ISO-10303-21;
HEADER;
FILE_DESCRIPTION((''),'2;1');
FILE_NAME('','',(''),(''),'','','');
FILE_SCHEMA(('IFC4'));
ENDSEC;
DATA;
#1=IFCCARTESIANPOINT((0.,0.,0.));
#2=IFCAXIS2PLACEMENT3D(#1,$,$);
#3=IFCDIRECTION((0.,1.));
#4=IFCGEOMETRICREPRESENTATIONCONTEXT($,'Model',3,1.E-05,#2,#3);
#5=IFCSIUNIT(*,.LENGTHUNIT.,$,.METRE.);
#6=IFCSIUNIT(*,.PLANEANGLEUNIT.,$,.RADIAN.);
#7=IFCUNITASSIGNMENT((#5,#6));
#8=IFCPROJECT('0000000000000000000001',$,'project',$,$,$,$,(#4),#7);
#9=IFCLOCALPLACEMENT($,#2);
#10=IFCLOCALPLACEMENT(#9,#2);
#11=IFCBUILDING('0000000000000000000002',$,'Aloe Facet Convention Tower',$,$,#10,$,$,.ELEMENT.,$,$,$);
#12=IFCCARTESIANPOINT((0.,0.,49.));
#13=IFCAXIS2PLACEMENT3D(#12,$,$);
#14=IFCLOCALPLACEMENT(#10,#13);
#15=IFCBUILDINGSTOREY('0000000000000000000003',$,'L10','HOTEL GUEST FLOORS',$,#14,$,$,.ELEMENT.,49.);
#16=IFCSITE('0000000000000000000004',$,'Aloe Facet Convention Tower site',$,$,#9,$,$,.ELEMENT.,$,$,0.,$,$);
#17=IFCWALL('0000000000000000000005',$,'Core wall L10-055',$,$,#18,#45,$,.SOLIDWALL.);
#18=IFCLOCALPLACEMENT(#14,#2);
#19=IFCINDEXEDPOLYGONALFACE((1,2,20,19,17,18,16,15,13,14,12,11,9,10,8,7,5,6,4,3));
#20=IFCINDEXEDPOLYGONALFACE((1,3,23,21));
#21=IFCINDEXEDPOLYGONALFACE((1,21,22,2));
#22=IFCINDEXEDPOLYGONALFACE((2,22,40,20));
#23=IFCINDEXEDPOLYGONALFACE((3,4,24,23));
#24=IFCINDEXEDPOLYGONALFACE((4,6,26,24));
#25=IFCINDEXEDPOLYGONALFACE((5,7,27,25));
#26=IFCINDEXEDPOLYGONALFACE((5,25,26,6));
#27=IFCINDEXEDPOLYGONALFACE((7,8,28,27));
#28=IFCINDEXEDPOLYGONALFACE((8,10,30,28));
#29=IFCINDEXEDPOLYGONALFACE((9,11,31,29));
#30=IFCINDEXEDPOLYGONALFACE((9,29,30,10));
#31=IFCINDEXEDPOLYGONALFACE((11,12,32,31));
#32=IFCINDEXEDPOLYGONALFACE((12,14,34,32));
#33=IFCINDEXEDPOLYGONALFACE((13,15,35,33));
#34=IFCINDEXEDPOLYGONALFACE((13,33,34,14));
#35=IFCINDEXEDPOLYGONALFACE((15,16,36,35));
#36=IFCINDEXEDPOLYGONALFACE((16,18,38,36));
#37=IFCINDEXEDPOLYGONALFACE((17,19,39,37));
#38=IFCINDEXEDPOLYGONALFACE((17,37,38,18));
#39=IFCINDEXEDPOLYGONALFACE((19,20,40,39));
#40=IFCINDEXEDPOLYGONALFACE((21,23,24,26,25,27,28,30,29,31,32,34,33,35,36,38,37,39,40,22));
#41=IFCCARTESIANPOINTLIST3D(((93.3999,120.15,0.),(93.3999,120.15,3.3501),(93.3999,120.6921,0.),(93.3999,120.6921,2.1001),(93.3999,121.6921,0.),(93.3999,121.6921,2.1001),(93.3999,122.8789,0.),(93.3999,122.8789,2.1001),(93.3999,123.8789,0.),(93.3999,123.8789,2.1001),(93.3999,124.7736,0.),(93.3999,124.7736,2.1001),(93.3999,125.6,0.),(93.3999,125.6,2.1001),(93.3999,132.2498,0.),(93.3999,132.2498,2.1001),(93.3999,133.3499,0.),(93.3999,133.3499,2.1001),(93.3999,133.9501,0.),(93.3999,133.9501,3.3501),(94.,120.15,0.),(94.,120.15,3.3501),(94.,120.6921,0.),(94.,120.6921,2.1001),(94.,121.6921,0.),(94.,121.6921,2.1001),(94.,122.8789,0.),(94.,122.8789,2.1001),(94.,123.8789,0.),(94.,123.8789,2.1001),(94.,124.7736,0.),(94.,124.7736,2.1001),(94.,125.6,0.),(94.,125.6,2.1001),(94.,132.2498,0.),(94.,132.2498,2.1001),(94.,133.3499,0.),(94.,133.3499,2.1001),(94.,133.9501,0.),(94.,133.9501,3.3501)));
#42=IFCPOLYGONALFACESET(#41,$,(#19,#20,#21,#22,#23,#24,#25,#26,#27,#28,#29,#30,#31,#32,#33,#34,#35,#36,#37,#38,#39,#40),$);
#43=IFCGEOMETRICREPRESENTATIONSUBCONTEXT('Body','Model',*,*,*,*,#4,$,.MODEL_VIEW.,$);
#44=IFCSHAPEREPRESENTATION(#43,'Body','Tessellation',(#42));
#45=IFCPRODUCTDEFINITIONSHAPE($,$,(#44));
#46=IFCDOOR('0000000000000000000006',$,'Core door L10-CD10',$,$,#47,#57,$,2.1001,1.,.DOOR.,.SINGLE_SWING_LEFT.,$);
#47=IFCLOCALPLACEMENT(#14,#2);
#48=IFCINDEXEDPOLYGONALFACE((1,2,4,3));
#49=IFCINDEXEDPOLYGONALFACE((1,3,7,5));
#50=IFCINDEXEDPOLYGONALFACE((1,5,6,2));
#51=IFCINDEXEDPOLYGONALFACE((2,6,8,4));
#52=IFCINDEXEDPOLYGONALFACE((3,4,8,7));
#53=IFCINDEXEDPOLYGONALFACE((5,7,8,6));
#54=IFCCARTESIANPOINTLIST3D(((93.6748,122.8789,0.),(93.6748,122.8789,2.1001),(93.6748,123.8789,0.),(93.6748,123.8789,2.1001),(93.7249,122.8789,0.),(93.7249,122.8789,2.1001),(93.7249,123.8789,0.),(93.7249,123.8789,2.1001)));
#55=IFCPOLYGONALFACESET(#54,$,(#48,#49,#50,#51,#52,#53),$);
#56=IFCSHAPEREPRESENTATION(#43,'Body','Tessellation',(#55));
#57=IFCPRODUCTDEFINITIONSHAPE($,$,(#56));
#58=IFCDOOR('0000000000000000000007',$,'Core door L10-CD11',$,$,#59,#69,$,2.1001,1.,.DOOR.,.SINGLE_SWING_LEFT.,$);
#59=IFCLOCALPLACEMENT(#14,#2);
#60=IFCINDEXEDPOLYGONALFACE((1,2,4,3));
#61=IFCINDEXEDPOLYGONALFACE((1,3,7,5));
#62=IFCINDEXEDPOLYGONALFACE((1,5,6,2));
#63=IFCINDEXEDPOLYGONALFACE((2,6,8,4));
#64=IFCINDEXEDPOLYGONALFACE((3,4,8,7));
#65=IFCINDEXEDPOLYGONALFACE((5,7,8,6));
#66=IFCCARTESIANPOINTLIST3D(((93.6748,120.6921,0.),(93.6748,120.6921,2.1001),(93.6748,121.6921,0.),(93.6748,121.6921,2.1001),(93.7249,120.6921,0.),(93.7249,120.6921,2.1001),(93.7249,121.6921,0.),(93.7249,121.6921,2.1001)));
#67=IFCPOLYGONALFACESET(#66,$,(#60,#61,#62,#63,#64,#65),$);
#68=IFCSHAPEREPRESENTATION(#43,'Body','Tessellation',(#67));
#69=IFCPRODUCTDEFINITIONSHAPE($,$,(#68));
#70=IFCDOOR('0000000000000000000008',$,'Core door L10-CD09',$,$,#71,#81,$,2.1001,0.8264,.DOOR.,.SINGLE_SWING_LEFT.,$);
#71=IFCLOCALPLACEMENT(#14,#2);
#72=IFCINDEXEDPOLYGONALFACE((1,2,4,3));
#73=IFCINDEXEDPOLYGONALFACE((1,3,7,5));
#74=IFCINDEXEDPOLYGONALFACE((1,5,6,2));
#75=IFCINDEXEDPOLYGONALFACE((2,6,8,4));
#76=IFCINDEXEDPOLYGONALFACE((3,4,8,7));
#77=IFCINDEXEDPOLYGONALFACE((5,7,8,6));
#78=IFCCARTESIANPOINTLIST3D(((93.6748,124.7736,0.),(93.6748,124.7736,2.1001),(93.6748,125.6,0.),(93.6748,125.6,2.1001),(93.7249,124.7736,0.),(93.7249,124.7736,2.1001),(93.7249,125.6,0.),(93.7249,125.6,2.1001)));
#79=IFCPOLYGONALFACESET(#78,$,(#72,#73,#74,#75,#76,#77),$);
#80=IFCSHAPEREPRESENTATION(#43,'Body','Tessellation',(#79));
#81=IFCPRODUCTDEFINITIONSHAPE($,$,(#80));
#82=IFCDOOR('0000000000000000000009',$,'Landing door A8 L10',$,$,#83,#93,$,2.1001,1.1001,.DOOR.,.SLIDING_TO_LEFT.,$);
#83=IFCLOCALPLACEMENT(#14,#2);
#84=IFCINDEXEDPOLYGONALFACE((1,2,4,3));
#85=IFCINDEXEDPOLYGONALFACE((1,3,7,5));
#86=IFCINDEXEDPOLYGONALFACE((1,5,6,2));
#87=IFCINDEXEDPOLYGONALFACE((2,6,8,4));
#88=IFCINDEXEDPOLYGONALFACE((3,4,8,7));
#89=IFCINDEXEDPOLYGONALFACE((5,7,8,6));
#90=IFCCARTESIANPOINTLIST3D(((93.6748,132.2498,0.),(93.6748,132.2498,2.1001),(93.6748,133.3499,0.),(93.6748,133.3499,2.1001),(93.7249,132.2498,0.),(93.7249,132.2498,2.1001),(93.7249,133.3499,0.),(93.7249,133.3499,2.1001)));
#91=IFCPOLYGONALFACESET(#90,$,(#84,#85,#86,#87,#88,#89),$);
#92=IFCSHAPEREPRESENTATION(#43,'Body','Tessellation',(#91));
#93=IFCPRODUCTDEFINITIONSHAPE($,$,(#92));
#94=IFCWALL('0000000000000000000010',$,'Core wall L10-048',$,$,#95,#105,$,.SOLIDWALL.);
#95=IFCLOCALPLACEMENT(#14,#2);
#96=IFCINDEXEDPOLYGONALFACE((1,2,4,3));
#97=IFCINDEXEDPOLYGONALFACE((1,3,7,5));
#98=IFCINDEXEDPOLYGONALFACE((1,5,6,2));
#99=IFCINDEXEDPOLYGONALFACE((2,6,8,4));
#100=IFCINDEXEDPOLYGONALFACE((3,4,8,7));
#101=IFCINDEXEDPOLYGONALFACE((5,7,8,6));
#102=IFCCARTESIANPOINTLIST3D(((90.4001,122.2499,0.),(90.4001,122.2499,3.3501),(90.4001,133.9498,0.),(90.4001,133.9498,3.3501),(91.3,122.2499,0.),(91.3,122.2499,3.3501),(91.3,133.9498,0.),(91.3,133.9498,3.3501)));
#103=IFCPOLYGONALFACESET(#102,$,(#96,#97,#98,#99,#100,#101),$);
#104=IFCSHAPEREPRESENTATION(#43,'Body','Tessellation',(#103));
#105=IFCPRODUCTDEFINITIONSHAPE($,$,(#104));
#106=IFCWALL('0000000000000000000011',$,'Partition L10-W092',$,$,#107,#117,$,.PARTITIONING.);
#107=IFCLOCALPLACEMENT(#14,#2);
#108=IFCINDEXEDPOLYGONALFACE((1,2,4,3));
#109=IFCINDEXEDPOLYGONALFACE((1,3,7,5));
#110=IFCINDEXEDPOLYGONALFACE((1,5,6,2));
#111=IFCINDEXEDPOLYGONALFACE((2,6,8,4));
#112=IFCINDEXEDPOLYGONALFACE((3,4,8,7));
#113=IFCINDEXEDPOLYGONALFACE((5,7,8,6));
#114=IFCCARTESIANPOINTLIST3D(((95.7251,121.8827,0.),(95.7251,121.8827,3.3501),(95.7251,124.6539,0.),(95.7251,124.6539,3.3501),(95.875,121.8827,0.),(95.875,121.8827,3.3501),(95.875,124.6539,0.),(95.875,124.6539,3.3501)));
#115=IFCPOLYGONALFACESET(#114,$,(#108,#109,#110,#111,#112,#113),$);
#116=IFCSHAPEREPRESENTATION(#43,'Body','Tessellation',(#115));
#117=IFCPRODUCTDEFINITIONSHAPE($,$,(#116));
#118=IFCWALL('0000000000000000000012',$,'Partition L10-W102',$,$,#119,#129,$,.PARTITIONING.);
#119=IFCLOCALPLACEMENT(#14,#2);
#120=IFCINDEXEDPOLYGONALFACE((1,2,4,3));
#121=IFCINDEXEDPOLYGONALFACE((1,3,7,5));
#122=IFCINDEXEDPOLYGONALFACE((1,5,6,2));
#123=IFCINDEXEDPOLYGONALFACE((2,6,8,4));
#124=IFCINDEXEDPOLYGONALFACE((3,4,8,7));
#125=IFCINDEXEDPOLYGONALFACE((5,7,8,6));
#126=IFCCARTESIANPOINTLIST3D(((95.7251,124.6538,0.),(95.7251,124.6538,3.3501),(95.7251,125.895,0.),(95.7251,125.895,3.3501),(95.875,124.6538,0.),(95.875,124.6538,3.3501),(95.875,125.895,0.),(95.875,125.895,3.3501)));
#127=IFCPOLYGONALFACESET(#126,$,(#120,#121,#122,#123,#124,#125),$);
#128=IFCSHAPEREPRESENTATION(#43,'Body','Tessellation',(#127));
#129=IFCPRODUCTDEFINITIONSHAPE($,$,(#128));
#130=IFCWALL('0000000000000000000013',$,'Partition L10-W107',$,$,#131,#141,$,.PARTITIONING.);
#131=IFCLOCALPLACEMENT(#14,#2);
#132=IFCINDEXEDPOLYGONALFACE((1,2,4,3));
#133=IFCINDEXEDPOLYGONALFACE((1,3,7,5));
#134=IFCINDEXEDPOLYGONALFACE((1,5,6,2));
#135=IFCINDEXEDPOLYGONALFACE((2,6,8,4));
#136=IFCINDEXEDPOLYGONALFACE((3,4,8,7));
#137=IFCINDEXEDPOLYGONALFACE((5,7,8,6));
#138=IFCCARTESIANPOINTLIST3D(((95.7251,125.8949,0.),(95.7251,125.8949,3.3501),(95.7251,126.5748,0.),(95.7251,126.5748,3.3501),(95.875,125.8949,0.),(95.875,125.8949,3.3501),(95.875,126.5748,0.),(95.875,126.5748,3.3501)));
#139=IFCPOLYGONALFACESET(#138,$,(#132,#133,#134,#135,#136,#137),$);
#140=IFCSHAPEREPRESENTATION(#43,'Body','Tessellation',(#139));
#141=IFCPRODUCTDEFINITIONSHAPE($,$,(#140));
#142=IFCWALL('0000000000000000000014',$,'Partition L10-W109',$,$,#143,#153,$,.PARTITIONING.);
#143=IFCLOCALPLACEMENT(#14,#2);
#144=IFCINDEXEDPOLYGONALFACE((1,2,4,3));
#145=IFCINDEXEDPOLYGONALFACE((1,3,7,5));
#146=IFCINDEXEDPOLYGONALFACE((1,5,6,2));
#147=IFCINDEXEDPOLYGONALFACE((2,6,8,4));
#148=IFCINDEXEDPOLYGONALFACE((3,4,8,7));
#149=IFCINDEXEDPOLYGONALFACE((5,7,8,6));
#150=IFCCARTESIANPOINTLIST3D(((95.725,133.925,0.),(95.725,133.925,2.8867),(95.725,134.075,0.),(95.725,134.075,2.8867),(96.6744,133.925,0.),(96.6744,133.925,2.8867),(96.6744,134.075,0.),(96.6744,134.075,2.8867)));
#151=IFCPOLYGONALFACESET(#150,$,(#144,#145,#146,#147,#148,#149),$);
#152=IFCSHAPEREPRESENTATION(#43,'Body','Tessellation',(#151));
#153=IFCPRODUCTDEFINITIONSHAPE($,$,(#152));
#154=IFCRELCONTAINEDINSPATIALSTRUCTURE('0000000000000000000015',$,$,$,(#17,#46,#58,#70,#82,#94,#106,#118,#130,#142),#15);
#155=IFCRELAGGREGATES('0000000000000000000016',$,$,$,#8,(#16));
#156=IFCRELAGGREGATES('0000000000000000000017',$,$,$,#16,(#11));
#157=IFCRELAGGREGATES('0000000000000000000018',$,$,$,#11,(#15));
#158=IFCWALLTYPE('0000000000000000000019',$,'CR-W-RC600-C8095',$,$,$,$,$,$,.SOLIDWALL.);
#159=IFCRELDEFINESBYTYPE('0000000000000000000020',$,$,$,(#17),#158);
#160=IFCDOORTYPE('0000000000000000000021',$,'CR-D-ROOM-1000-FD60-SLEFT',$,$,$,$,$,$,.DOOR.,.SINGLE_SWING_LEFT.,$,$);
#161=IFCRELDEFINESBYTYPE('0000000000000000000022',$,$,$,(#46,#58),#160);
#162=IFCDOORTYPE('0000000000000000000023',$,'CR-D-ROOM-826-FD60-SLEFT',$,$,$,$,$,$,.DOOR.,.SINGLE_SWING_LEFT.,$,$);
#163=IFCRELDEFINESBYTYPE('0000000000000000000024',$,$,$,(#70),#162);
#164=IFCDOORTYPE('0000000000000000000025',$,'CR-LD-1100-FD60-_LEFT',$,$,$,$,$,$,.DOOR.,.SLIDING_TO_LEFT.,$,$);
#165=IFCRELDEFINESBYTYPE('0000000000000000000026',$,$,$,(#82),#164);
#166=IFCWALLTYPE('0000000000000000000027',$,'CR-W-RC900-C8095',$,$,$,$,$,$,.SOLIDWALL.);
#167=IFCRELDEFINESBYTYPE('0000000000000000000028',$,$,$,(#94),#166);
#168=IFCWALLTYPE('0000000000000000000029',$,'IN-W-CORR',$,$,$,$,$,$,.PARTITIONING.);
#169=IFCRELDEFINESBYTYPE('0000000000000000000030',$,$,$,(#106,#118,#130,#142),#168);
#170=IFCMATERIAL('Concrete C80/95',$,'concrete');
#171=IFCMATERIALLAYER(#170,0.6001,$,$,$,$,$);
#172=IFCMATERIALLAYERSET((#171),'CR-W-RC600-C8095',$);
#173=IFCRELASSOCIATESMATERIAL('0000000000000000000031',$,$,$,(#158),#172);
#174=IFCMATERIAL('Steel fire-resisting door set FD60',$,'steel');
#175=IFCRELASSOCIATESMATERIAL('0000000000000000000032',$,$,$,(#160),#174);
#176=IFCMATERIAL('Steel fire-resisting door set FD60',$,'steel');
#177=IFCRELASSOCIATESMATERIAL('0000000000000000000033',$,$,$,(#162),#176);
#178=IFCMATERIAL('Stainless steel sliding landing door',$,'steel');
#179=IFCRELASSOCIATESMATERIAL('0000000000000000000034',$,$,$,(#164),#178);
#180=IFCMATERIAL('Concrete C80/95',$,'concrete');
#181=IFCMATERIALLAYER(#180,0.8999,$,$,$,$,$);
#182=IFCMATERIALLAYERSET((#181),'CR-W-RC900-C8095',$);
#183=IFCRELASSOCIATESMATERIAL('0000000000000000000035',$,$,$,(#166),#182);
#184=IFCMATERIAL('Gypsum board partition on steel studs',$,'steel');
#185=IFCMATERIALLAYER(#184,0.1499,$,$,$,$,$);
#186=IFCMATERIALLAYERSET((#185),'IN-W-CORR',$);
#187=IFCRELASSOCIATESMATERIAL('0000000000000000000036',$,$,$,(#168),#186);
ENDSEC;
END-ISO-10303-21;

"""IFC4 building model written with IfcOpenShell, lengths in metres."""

from ifc_helpers import new_model, si_unit, direction, frame, frame_2d, origin, place, context, subcontext, project, spatial, rectangle, extrude, material, layer, layer_set, type_object, element, fill, save


model = new_model("IFC4")

# Units and contexts
model_context = context("Model", 3, precision=1e-05, world=origin(), true_north=direction((0.0, 1.0)))
body_context = subcontext(model_context, "Body", "Model", "MODEL_VIEW")
ifc_project = project(units=[si_unit("LENGTHUNIT", "METRE"), si_unit("PLANEANGLEUNIT", "RADIAN")], contexts=[model_context])

# Site, building, storey
site_placement = place(None, origin())
site = spatial("IfcSite", under=ifc_project, at=site_placement, Name="Aloe Facet Convention Tower site", CompositionType="ELEMENT", RefElevation=0.0)
building_placement = place(site_placement, origin())
building = spatial("IfcBuilding", under=site, at=building_placement, Name="Aloe Facet Convention Tower", CompositionType="ELEMENT")
storey_placement = place(building_placement, frame((0.0, 0.0, 49.0)))
storey = spatial("IfcBuildingStorey", under=building, at=storey_placement, Name="L10", Description="HOTEL GUEST FLOORS", CompositionType="ELEMENT", Elevation=49.0)

# Shared definitions
ifc_material_1 = material(Name="Concrete C80/95", Category="concrete")
ifc_layer_1 = layer(ifc_material_1, 0.6001)
ifc_layer_set_1 = layer_set([ifc_layer_1], Name="CR-W-RC600-C8095")
wall_type_1 = type_object("IfcWallType", Name="CR-W-RC600-C8095", PredefinedType="SOLIDWALL", material=ifc_layer_set_1)

# Wall, openings, doors
wall_1_placement = place(storey_placement, frame((93.7, 133.95, 0.0), z_axis=(0.0, 0.0, 1.0), x_axis=(0.0, -1.0, 0.0)))
wall_1 = element("IfcWall", 1, at=wall_1_placement, inside=storey, type_object=wall_type_1, Name="Core wall L10-055", PredefinedType="SOLIDWALL", context=body_context, shape_type="SweptSolid", body=[
    extrude(rectangle(XDim=13.8, YDim=0.6001, at=frame_2d((6.8999, 0.0))), origin(), (0.0, 0.0, 1.0), 3.3501),
])
opening_1_placement = place(wall_1_placement, frame((0.6001, 0.0, 0.0)))
opening_1 = element("IfcOpeningElement", 2, at=opening_1_placement, cuts=wall_1, PredefinedType="OPENING", context=body_context, shape_type="SweptSolid", body=[
    extrude(rectangle(XDim=1.1001, YDim=2.1001, at=frame_2d((0.55, 1.05))), frame((0.0, 0.3101, 0.0), z_axis=(0.0, -1.0, 0.0), x_axis=(1.0, 0.0, 0.0)), (0.0, 0.0, 1.0), 0.6201),
])
opening_2_placement = place(wall_1_placement, frame((8.3501, 0.0, 0.0)))
opening_2 = element("IfcOpeningElement", 3, at=opening_2_placement, cuts=wall_1, PredefinedType="OPENING", context=body_context, shape_type="SweptSolid", body=[
    extrude(rectangle(XDim=0.8264, YDim=2.1001, at=frame_2d((0.4131, 1.05))), frame((0.0, 0.3101, 0.0), z_axis=(0.0, -1.0, 0.0), x_axis=(1.0, 0.0, 0.0)), (0.0, 0.0, 1.0), 0.6201),
])
opening_3_placement = place(wall_1_placement, frame((10.071, 0.0, 0.0)))
opening_3 = element("IfcOpeningElement", 4, at=opening_3_placement, cuts=wall_1, PredefinedType="OPENING", context=body_context, shape_type="SweptSolid", body=[
    extrude(rectangle(XDim=1.0, YDim=2.1001, at=frame_2d((0.5, 1.05))), frame((0.0, 0.3101, 0.0), z_axis=(0.0, -1.0, 0.0), x_axis=(1.0, 0.0, 0.0)), (0.0, 0.0, 1.0), 0.6201),
])
opening_4_placement = place(wall_1_placement, frame((12.2578, 0.0, 0.0)))
opening_4 = element("IfcOpeningElement", 5, at=opening_4_placement, cuts=wall_1, PredefinedType="OPENING", context=body_context, shape_type="SweptSolid", body=[
    extrude(rectangle(XDim=1.0, YDim=2.1001, at=frame_2d((0.5, 1.05))), frame((0.0, 0.3101, 0.0), z_axis=(0.0, -1.0, 0.0), x_axis=(1.0, 0.0, 0.0)), (0.0, 0.0, 1.0), 0.6201),
])
ifc_material_2 = material(Name="Steel fire-resisting door set FD60", Category="steel")
door_type_1 = type_object("IfcDoorType", Name="CR-D-ROOM-1000-FD60-SLEFT", OperationType="SINGLE_SWING_LEFT", PredefinedType="DOOR", material=ifc_material_2)
door_1_placement = place(opening_3_placement, origin())
door_1 = element("IfcDoor", 6, at=door_1_placement, inside=storey, type_object=door_type_1, Name="Core door L10-CD10", OperationType="SINGLE_SWING_LEFT", OverallHeight=2.1001, OverallWidth=1.0, PredefinedType="DOOR", context=body_context, shape_type="SweptSolid", body=[
    extrude(rectangle(XDim=1.0, YDim=2.1001, at=frame_2d((0.5, 1.05))), frame((0.0, 0.0249, 0.0), z_axis=(0.0, -1.0, 0.0), x_axis=(1.0, 0.0, 0.0)), (0.0, 0.0, 1.0), 0.05),
])
fill(opening_3, door_1)
door_2_placement = place(opening_4_placement, origin())
door_2 = element("IfcDoor", 7, at=door_2_placement, inside=storey, type_object=door_type_1, Name="Core door L10-CD11", OperationType="SINGLE_SWING_LEFT", OverallHeight=2.1001, OverallWidth=1.0, PredefinedType="DOOR", context=body_context, shape_type="SweptSolid", body=[
    extrude(rectangle(XDim=1.0, YDim=2.1001, at=frame_2d((0.5, 1.05))), frame((0.0, 0.0249, 0.0), z_axis=(0.0, -1.0, 0.0), x_axis=(1.0, 0.0, 0.0)), (0.0, 0.0, 1.0), 0.05),
])
fill(opening_4, door_2)
ifc_material_3 = material(Name="Steel fire-resisting door set FD60", Category="steel")
door_type_2 = type_object("IfcDoorType", Name="CR-D-ROOM-826-FD60-SLEFT", OperationType="SINGLE_SWING_LEFT", PredefinedType="DOOR", material=ifc_material_3)
door_3_placement = place(opening_2_placement, origin())
door_3 = element("IfcDoor", 8, at=door_3_placement, inside=storey, type_object=door_type_2, Name="Core door L10-CD09", OperationType="SINGLE_SWING_LEFT", OverallHeight=2.1001, OverallWidth=0.8264, PredefinedType="DOOR", context=body_context, shape_type="SweptSolid", body=[
    extrude(rectangle(XDim=0.8264, YDim=2.1001, at=frame_2d((0.4131, 1.05))), frame((0.0, 0.0249, 0.0), z_axis=(0.0, -1.0, 0.0), x_axis=(1.0, 0.0, 0.0)), (0.0, 0.0, 1.0), 0.05),
])
fill(opening_2, door_3)
ifc_material_4 = material(Name="Stainless steel sliding landing door", Category="steel")
door_type_3 = type_object("IfcDoorType", Name="CR-LD-1100-FD60-_LEFT", OperationType="SLIDING_TO_LEFT", PredefinedType="DOOR", material=ifc_material_4)
door_4_placement = place(opening_1_placement, origin())
door_4 = element("IfcDoor", 9, at=door_4_placement, inside=storey, type_object=door_type_3, Name="Landing door A8 L10", OperationType="SLIDING_TO_LEFT", OverallHeight=2.1001, OverallWidth=1.1001, PredefinedType="DOOR", context=body_context, shape_type="SweptSolid", body=[
    extrude(rectangle(XDim=1.1001, YDim=2.1001, at=frame_2d((0.55, 1.05))), frame((0.0, 0.0249, 0.0), z_axis=(0.0, -1.0, 0.0), x_axis=(1.0, 0.0, 0.0)), (0.0, 0.0, 1.0), 0.05),
])
fill(opening_1, door_4)

# Walls
ifc_material_5 = material(Name="Concrete C80/95", Category="concrete")
ifc_layer_2 = layer(ifc_material_5, 0.8999)
ifc_layer_set_2 = layer_set([ifc_layer_2], Name="CR-W-RC900-C8095")
wall_type_2 = type_object("IfcWallType", Name="CR-W-RC900-C8095", PredefinedType="SOLIDWALL", material=ifc_layer_set_2)
wall_2_placement = place(storey_placement, frame((90.8501, 133.95, 0.0), z_axis=(0.0, 0.0, 1.0), x_axis=(0.0, -1.0, 0.0)))
element("IfcWall", 10, at=wall_2_placement, inside=storey, type_object=wall_type_2, Name="Core wall L10-048", PredefinedType="SOLIDWALL", context=body_context, shape_type="SweptSolid", body=[
    extrude(rectangle(XDim=11.7, YDim=0.8999, at=frame_2d((5.8501, 0.0))), origin(), (0.0, 0.0, 1.0), 3.3501),
])
ifc_material_6 = material(Name="Gypsum board partition on steel studs", Category="steel")
ifc_layer_3 = layer(ifc_material_6, 0.1499)
ifc_layer_set_3 = layer_set([ifc_layer_3], Name="IN-W-CORR")
wall_type_3 = type_object("IfcWallType", Name="IN-W-CORR", PredefinedType="PARTITIONING", material=ifc_layer_set_3)
wall_3_placement = place(storey_placement, frame((95.8, 121.8826, 0.0), z_axis=(0.0, 0.0, 1.0), x_axis=(0.0, 1.0, 0.0)))
element("IfcWall", 11, at=wall_3_placement, inside=storey, type_object=wall_type_3, Name="Partition L10-W092", PredefinedType="PARTITIONING", context=body_context, shape_type="SweptSolid", body=[
    extrude(rectangle(XDim=2.7712, YDim=0.1499, at=frame_2d((1.3857, 0.0))), origin(), (0.0, 0.0, 1.0), 3.3501),
])
wall_4_placement = place(storey_placement, frame((95.8, 124.6538, 0.0), z_axis=(0.0, 0.0, 1.0), x_axis=(0.0, 1.0, 0.0)))
element("IfcWall", 12, at=wall_4_placement, inside=storey, type_object=wall_type_3, Name="Partition L10-W102", PredefinedType="PARTITIONING", context=body_context, shape_type="SweptSolid", body=[
    extrude(rectangle(XDim=1.2412, YDim=0.1499, at=frame_2d((0.6206, 0.0))), origin(), (0.0, 0.0, 1.0), 3.3501),
])
wall_5_placement = place(storey_placement, frame((95.8, 125.895, 0.0), z_axis=(0.0, 0.0, 1.0), x_axis=(0.0, 1.0, 0.0)))
element("IfcWall", 13, at=wall_5_placement, inside=storey, type_object=wall_type_3, Name="Partition L10-W107", PredefinedType="PARTITIONING", context=body_context, shape_type="SweptSolid", body=[
    extrude(rectangle(XDim=0.6799, YDim=0.1499, at=frame_2d((0.3398, 0.0))), origin(), (0.0, 0.0, 1.0), 3.3501),
])
wall_6_placement = place(storey_placement, frame((95.7251, 134.0, 0.0), z_axis=(0.0, 0.0, 1.0), x_axis=(1.0, 0.0, 0.0)))
element("IfcWall", 14, at=wall_6_placement, inside=storey, type_object=wall_type_3, Name="Partition L10-W109", PredefinedType="PARTITIONING", context=body_context, shape_type="SweptSolid", body=[
    extrude(rectangle(XDim=0.9495, YDim=0.1499, at=frame_2d((0.4746, 0.0))), origin(), (0.0, 0.0, 1.0), 2.8867),
])

save(model, "model.ifc")
